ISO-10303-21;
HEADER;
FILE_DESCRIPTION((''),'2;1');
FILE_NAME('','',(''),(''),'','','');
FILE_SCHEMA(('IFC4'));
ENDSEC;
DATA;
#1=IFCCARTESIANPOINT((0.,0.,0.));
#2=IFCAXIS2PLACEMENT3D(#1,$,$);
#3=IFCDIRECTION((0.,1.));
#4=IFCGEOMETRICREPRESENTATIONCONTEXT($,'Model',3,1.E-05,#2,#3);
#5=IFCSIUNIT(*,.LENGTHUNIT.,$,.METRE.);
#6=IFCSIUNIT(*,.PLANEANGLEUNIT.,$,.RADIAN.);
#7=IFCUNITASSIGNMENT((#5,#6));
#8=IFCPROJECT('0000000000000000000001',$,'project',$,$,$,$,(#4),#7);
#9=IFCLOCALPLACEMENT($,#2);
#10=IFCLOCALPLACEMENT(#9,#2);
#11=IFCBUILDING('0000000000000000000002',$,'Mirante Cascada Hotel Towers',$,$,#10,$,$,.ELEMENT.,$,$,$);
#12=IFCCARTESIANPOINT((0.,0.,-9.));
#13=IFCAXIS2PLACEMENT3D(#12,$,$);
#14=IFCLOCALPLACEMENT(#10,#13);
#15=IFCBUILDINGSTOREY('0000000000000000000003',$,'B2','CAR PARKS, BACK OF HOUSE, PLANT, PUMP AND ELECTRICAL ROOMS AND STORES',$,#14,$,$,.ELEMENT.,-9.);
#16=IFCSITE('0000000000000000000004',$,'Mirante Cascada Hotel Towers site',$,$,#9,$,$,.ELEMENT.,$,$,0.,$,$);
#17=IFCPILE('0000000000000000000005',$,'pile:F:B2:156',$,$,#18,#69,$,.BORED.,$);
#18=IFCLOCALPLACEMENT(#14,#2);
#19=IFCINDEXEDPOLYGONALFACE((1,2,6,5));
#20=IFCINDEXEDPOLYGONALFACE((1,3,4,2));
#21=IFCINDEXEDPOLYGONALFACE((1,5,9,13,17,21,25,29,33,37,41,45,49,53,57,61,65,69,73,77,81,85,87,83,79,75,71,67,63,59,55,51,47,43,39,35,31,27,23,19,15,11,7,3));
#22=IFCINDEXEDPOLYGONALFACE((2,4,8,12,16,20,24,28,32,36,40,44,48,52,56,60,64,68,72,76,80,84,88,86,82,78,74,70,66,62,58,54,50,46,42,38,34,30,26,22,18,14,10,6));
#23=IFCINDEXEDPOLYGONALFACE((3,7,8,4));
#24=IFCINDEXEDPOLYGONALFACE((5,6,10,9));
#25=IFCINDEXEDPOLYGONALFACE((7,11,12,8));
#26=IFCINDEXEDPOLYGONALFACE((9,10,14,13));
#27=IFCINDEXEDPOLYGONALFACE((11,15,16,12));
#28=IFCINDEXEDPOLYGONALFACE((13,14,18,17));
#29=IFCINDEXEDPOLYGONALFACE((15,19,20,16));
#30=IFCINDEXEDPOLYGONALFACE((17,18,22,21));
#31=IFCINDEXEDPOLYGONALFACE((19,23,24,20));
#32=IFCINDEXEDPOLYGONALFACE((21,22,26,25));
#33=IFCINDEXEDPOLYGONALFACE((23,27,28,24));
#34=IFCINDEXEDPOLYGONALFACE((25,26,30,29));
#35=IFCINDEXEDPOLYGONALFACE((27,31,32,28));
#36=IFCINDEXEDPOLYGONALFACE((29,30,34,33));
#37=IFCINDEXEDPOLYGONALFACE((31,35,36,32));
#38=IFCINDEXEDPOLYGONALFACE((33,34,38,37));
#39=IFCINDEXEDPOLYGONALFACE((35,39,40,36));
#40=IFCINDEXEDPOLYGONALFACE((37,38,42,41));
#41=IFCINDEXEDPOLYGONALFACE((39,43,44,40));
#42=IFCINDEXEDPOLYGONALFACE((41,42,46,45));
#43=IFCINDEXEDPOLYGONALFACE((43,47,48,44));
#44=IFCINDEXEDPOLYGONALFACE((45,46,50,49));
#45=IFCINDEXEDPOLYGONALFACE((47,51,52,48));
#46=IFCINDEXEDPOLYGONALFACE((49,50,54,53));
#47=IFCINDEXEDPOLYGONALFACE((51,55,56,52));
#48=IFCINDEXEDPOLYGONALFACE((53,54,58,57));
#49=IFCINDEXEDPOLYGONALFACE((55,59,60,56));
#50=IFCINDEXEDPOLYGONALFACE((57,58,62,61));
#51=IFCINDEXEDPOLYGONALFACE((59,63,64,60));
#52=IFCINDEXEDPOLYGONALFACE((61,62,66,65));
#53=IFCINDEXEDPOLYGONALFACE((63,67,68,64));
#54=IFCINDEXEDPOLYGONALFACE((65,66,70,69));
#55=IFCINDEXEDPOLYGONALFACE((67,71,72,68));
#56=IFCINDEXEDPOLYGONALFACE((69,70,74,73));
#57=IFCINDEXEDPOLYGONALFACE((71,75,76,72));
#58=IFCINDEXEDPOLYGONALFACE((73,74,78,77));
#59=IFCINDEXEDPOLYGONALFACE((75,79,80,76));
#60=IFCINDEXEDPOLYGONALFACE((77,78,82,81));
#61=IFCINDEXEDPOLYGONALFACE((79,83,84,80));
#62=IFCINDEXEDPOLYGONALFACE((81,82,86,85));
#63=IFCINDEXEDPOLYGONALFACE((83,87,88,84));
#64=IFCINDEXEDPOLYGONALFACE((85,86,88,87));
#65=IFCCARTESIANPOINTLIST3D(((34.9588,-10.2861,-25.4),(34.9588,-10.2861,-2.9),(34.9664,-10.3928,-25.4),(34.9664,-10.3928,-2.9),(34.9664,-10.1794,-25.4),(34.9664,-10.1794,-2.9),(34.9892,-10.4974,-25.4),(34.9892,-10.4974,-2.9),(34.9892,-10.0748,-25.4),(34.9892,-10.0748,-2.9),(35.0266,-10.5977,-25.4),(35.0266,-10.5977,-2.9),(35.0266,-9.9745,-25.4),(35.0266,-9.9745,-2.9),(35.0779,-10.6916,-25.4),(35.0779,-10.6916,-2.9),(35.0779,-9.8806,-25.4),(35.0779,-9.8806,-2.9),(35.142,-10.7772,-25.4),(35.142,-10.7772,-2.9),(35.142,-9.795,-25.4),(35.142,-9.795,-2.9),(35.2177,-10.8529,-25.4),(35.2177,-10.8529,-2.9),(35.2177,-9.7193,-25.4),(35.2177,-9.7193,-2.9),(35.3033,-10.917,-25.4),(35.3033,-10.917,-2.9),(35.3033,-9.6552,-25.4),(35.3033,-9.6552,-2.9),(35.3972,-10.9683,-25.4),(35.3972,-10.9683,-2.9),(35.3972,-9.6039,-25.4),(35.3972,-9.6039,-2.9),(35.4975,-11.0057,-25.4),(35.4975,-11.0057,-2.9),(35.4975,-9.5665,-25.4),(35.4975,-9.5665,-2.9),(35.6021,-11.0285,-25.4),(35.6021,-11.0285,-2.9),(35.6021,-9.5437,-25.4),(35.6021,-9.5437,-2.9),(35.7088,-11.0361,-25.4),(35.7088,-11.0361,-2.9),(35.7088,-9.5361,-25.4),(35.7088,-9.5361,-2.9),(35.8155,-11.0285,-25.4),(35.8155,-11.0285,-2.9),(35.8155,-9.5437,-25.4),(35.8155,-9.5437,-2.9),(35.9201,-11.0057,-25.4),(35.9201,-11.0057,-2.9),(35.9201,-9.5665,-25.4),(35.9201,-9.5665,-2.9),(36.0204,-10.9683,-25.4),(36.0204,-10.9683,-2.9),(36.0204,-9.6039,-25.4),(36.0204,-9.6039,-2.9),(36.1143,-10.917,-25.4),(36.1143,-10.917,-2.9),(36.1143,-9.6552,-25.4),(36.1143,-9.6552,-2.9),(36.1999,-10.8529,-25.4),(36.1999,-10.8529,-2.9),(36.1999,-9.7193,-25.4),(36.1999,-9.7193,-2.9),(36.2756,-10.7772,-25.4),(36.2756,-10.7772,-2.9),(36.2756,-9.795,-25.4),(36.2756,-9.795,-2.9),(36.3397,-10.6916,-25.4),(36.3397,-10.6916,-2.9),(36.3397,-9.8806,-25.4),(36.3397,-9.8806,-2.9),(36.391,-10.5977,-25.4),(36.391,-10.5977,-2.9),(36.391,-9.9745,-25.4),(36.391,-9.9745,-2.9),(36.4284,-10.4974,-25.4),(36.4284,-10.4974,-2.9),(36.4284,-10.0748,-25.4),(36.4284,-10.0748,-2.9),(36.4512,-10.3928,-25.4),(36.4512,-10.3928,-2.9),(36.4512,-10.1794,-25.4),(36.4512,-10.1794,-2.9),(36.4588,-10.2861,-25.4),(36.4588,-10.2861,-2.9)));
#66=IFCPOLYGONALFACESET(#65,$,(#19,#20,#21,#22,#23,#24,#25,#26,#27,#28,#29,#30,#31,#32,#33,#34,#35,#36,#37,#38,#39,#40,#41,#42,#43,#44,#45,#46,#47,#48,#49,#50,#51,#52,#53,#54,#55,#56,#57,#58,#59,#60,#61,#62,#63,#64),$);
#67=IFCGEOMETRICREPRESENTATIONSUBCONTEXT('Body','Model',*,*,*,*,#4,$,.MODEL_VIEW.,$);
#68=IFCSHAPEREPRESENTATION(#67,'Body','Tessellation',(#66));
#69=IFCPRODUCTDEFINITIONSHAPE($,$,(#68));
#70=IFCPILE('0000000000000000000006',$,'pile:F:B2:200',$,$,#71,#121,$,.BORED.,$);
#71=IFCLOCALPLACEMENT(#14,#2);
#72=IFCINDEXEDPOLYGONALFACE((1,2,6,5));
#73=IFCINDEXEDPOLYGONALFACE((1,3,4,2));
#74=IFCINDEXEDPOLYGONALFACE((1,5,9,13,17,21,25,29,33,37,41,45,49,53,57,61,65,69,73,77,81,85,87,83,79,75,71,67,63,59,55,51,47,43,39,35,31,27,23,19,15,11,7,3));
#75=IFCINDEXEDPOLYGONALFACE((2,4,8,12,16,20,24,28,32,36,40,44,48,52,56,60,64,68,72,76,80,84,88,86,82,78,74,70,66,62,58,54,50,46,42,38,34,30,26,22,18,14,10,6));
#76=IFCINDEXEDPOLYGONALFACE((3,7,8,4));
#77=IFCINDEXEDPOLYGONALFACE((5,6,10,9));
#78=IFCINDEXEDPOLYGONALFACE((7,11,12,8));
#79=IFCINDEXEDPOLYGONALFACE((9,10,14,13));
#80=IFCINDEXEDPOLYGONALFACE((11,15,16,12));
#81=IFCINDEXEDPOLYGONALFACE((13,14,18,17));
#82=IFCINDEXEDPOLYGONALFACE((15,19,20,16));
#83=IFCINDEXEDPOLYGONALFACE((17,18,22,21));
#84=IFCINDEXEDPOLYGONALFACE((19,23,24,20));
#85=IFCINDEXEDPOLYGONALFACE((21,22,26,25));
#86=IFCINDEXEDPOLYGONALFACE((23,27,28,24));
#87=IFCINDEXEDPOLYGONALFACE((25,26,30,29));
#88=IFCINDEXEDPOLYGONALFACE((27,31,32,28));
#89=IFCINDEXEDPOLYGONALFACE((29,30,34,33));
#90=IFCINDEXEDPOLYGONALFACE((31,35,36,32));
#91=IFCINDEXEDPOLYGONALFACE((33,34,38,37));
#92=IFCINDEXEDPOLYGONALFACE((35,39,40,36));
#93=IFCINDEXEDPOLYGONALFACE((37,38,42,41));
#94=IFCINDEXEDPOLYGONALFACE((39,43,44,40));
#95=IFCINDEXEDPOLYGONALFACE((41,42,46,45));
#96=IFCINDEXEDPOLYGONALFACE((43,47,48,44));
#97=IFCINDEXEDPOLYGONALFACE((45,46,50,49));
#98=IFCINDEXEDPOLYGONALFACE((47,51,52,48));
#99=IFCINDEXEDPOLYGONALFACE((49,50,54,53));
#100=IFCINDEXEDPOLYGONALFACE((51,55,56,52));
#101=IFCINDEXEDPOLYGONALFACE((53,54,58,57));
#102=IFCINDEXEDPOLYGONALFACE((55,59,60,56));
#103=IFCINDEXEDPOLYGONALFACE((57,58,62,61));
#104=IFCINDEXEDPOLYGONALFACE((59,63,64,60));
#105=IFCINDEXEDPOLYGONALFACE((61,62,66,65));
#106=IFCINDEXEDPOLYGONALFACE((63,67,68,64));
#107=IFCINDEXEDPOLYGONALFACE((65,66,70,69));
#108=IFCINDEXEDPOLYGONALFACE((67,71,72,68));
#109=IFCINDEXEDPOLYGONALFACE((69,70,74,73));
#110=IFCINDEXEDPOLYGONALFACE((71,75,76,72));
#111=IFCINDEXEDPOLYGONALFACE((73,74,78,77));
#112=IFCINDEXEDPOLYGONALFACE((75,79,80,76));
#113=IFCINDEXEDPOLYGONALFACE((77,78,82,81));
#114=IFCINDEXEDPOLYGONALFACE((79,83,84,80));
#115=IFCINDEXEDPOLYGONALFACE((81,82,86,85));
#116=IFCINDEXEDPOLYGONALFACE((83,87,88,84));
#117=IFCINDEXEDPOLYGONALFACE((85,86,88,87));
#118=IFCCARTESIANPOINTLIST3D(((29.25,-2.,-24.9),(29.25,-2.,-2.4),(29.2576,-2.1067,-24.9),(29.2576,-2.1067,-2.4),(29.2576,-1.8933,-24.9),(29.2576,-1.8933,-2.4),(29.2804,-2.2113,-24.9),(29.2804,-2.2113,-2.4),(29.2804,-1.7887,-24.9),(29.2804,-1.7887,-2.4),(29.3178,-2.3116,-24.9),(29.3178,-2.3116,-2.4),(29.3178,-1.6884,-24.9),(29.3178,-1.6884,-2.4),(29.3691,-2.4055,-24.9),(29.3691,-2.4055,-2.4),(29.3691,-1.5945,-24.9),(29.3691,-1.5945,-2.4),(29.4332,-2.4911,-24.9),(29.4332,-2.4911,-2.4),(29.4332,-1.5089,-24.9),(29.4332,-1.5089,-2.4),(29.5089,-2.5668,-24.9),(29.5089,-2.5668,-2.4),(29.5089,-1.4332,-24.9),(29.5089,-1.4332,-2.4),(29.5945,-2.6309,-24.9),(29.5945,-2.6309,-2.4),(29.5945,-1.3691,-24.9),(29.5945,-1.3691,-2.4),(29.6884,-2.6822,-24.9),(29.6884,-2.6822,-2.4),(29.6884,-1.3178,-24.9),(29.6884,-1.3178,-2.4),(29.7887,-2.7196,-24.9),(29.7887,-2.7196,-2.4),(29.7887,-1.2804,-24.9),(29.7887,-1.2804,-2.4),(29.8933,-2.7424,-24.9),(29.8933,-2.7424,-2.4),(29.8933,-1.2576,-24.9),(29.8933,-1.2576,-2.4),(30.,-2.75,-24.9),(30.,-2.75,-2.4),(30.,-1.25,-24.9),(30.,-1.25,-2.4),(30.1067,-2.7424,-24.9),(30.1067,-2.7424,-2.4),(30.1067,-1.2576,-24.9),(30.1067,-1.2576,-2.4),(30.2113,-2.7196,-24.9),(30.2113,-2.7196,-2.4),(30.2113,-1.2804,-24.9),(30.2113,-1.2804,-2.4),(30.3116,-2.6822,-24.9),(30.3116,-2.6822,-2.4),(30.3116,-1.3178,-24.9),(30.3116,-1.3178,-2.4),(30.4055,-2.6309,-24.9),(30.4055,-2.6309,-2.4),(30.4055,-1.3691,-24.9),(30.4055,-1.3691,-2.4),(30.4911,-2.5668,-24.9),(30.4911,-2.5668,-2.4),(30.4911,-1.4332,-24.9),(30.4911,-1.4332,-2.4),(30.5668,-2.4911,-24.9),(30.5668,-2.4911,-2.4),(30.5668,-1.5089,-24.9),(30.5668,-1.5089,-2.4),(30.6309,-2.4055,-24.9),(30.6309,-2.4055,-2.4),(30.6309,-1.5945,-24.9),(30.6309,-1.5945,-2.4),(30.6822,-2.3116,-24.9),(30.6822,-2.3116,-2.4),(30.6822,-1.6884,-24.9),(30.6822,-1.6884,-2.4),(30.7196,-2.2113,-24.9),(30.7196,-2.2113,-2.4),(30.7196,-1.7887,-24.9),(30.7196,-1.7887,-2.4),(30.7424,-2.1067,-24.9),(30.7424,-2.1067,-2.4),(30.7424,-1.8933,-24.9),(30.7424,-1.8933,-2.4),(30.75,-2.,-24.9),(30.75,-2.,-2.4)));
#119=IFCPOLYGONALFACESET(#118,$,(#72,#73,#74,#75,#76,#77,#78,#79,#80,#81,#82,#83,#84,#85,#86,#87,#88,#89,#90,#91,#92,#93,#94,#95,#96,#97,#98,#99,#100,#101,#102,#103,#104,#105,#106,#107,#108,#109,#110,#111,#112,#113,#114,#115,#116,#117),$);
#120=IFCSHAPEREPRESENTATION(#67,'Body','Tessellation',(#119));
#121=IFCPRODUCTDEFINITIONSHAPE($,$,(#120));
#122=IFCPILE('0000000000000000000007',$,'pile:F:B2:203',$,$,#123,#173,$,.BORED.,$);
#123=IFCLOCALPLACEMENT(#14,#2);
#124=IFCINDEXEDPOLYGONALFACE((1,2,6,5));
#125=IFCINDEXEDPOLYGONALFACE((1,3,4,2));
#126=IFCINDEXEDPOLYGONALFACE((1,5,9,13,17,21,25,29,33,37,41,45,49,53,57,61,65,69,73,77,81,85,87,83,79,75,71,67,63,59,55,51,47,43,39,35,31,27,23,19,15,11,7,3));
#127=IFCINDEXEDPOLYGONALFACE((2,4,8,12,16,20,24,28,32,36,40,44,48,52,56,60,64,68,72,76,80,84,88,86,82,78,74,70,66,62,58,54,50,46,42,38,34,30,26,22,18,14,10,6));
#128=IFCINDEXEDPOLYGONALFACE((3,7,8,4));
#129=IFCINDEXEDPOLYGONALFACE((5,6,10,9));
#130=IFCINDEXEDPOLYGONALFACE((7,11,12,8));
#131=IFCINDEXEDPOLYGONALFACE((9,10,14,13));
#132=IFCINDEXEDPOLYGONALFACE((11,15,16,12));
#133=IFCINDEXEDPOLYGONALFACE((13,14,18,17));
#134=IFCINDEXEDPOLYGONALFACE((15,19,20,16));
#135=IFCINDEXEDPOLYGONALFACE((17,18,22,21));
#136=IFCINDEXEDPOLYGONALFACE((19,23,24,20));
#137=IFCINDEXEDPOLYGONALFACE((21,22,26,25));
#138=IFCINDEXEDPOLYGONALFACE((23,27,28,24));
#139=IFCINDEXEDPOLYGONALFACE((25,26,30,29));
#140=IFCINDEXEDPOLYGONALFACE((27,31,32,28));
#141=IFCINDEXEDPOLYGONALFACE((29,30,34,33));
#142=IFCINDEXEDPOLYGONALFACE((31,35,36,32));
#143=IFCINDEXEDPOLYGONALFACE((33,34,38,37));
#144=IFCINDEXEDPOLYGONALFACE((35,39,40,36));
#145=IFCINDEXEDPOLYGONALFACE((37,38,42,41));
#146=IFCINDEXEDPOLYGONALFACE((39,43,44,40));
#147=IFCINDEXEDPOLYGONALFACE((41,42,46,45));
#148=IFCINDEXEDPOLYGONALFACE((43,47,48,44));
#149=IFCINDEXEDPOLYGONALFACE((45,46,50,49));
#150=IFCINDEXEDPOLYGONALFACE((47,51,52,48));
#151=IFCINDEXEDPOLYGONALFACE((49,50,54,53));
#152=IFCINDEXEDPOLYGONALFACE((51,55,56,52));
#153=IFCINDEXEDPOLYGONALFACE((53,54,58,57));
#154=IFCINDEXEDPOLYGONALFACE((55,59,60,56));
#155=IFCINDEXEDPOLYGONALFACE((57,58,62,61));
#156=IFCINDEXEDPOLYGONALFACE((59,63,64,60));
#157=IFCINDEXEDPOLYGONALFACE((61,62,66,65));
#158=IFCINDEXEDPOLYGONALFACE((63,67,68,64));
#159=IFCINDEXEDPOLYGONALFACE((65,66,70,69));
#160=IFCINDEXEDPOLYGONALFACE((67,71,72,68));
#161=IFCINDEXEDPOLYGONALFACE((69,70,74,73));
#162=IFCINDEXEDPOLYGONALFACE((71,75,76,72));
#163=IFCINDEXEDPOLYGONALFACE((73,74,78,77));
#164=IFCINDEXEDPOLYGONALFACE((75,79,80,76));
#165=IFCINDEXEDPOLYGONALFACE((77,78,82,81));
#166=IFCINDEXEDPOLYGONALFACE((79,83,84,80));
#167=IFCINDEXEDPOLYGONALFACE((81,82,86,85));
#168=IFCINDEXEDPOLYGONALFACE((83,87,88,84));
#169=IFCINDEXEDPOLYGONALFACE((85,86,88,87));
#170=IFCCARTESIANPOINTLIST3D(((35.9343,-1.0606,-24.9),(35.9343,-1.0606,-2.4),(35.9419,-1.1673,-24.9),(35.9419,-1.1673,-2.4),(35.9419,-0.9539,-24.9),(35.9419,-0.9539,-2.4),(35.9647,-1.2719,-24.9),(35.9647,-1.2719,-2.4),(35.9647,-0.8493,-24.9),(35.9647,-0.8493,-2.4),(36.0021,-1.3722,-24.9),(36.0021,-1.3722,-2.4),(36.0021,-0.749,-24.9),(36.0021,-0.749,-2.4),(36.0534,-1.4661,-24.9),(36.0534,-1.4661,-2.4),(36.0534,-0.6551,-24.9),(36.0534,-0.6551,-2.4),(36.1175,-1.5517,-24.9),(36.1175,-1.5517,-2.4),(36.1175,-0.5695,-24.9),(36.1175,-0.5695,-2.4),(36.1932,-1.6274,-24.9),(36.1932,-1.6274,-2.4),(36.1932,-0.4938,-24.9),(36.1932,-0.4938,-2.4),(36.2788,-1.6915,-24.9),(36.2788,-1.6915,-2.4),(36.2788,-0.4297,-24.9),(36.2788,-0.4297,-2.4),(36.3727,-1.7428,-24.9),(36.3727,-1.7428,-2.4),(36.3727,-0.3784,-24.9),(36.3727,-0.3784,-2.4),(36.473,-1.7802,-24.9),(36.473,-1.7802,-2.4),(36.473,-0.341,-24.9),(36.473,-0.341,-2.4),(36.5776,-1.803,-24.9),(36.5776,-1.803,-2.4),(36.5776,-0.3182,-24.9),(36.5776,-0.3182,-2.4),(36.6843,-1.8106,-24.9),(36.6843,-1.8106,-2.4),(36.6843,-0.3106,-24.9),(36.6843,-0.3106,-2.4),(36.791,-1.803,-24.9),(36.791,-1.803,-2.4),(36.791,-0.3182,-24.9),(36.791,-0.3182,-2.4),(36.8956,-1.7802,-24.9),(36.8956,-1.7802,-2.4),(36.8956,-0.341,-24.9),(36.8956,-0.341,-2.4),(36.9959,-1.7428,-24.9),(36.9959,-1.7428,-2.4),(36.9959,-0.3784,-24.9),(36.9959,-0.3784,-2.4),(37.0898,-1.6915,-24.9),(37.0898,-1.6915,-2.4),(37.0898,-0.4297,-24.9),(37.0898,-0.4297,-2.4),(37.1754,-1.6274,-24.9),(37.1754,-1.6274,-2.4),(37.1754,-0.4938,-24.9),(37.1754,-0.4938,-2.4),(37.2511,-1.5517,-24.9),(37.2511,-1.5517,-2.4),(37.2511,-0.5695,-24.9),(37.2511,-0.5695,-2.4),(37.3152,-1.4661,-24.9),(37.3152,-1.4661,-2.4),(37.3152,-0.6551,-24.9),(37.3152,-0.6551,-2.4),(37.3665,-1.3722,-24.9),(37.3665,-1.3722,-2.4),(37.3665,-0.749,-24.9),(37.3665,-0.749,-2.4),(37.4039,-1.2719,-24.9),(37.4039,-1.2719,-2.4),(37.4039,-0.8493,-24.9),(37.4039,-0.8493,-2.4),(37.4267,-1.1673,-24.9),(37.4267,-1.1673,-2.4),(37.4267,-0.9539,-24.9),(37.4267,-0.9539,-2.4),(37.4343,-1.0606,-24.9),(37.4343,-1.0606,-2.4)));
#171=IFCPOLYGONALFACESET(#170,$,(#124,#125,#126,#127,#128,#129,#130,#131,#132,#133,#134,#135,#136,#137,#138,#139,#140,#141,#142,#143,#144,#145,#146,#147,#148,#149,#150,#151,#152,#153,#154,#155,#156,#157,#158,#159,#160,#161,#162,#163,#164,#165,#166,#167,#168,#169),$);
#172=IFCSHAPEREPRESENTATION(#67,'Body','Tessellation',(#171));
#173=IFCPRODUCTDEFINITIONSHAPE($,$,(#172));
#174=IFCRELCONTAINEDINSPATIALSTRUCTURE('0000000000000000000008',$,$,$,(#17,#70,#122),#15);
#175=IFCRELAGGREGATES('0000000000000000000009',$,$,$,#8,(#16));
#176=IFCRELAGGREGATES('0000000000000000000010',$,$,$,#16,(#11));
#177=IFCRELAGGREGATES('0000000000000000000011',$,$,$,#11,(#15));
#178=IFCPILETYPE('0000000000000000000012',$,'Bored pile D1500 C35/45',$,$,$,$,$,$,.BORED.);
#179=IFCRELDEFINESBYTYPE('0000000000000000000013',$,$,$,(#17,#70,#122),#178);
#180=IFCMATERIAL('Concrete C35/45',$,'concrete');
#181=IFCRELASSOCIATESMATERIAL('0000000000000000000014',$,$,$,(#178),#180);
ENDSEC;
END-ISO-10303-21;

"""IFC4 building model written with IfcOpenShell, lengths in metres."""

from ifc_helpers import new_model, si_unit, direction, frame, origin, origin_2d, place, context, subcontext, project, spatial, circle, extrude, material, material_profile, profile_set, type_object, element, save


model = new_model("IFC4")

# Units and contexts
model_context = context("Model", 3, precision=1e-05, world=origin(), true_north=direction((0.0, 1.0)))
body_context = subcontext(model_context, "Body", "Model", "MODEL_VIEW")
ifc_project = project(units=[si_unit("LENGTHUNIT", "METRE"), si_unit("PLANEANGLEUNIT", "RADIAN")], contexts=[model_context])

# Site, building, storey
site_placement = place(None, origin())
site = spatial("IfcSite", under=ifc_project, at=site_placement, Name="Mirante Cascada Hotel Towers site", CompositionType="ELEMENT", RefElevation=0.0)
building_placement = place(site_placement, origin())
building = spatial("IfcBuilding", under=site, at=building_placement, Name="Mirante Cascada Hotel Towers", CompositionType="ELEMENT")
storey_placement = place(building_placement, frame((0.0, 0.0, -9.0)))
storey = spatial("IfcBuildingStorey", under=building, at=storey_placement, Name="B2", Description="CAR PARKS, BACK OF HOUSE, PLANT, PUMP AND ELECTRICAL ROOMS AND STORES", CompositionType="ELEMENT", Elevation=-9.0)

# Piles
ifc_material_1 = material(Name="Concrete C35/45", Category="concrete")
ifc_material_profile_1 = material_profile(ifc_material_1, circle(Radius=0.75, at=origin_2d()), Name="RC D1500")
ifc_profile_set_1 = profile_set([ifc_material_profile_1], Name="Concrete C35/45")
pile_type = type_object("IfcPileType", Name="Bored pile D1500 C35/45", PredefinedType="BORED", material=ifc_profile_set_1)
for number, where, z_axis, x_axis, name in (
    (1, (35.7088, -10.2861, -2.9), (0.0, 0.0, -1.0), (1.0, 0.0, 0.0), "pile:F:B2:156"),
    (2, (30.0, -2.0, -2.4), (0.0, 0.0, -1.0), (1.0, 0.0, 0.0), "pile:F:B2:200"),
    (3, (36.6843, -1.0606, -2.4), (0.0, 0.0, -1.0), (1.0, 0.0, 0.0), "pile:F:B2:203"),
):
    element("IfcPile", number, at=place(storey_placement, frame(where, z_axis=z_axis, x_axis=x_axis)), inside=storey, type_object=pile_type, Name=name, PredefinedType="BORED", context=body_context, shape_type="SweptSolid", body=[
        extrude(circle(Radius=0.75, at=origin_2d()), origin(), (0.0, 0.0, 1.0), 22.5),
    ])

save(model, "model.ifc")
